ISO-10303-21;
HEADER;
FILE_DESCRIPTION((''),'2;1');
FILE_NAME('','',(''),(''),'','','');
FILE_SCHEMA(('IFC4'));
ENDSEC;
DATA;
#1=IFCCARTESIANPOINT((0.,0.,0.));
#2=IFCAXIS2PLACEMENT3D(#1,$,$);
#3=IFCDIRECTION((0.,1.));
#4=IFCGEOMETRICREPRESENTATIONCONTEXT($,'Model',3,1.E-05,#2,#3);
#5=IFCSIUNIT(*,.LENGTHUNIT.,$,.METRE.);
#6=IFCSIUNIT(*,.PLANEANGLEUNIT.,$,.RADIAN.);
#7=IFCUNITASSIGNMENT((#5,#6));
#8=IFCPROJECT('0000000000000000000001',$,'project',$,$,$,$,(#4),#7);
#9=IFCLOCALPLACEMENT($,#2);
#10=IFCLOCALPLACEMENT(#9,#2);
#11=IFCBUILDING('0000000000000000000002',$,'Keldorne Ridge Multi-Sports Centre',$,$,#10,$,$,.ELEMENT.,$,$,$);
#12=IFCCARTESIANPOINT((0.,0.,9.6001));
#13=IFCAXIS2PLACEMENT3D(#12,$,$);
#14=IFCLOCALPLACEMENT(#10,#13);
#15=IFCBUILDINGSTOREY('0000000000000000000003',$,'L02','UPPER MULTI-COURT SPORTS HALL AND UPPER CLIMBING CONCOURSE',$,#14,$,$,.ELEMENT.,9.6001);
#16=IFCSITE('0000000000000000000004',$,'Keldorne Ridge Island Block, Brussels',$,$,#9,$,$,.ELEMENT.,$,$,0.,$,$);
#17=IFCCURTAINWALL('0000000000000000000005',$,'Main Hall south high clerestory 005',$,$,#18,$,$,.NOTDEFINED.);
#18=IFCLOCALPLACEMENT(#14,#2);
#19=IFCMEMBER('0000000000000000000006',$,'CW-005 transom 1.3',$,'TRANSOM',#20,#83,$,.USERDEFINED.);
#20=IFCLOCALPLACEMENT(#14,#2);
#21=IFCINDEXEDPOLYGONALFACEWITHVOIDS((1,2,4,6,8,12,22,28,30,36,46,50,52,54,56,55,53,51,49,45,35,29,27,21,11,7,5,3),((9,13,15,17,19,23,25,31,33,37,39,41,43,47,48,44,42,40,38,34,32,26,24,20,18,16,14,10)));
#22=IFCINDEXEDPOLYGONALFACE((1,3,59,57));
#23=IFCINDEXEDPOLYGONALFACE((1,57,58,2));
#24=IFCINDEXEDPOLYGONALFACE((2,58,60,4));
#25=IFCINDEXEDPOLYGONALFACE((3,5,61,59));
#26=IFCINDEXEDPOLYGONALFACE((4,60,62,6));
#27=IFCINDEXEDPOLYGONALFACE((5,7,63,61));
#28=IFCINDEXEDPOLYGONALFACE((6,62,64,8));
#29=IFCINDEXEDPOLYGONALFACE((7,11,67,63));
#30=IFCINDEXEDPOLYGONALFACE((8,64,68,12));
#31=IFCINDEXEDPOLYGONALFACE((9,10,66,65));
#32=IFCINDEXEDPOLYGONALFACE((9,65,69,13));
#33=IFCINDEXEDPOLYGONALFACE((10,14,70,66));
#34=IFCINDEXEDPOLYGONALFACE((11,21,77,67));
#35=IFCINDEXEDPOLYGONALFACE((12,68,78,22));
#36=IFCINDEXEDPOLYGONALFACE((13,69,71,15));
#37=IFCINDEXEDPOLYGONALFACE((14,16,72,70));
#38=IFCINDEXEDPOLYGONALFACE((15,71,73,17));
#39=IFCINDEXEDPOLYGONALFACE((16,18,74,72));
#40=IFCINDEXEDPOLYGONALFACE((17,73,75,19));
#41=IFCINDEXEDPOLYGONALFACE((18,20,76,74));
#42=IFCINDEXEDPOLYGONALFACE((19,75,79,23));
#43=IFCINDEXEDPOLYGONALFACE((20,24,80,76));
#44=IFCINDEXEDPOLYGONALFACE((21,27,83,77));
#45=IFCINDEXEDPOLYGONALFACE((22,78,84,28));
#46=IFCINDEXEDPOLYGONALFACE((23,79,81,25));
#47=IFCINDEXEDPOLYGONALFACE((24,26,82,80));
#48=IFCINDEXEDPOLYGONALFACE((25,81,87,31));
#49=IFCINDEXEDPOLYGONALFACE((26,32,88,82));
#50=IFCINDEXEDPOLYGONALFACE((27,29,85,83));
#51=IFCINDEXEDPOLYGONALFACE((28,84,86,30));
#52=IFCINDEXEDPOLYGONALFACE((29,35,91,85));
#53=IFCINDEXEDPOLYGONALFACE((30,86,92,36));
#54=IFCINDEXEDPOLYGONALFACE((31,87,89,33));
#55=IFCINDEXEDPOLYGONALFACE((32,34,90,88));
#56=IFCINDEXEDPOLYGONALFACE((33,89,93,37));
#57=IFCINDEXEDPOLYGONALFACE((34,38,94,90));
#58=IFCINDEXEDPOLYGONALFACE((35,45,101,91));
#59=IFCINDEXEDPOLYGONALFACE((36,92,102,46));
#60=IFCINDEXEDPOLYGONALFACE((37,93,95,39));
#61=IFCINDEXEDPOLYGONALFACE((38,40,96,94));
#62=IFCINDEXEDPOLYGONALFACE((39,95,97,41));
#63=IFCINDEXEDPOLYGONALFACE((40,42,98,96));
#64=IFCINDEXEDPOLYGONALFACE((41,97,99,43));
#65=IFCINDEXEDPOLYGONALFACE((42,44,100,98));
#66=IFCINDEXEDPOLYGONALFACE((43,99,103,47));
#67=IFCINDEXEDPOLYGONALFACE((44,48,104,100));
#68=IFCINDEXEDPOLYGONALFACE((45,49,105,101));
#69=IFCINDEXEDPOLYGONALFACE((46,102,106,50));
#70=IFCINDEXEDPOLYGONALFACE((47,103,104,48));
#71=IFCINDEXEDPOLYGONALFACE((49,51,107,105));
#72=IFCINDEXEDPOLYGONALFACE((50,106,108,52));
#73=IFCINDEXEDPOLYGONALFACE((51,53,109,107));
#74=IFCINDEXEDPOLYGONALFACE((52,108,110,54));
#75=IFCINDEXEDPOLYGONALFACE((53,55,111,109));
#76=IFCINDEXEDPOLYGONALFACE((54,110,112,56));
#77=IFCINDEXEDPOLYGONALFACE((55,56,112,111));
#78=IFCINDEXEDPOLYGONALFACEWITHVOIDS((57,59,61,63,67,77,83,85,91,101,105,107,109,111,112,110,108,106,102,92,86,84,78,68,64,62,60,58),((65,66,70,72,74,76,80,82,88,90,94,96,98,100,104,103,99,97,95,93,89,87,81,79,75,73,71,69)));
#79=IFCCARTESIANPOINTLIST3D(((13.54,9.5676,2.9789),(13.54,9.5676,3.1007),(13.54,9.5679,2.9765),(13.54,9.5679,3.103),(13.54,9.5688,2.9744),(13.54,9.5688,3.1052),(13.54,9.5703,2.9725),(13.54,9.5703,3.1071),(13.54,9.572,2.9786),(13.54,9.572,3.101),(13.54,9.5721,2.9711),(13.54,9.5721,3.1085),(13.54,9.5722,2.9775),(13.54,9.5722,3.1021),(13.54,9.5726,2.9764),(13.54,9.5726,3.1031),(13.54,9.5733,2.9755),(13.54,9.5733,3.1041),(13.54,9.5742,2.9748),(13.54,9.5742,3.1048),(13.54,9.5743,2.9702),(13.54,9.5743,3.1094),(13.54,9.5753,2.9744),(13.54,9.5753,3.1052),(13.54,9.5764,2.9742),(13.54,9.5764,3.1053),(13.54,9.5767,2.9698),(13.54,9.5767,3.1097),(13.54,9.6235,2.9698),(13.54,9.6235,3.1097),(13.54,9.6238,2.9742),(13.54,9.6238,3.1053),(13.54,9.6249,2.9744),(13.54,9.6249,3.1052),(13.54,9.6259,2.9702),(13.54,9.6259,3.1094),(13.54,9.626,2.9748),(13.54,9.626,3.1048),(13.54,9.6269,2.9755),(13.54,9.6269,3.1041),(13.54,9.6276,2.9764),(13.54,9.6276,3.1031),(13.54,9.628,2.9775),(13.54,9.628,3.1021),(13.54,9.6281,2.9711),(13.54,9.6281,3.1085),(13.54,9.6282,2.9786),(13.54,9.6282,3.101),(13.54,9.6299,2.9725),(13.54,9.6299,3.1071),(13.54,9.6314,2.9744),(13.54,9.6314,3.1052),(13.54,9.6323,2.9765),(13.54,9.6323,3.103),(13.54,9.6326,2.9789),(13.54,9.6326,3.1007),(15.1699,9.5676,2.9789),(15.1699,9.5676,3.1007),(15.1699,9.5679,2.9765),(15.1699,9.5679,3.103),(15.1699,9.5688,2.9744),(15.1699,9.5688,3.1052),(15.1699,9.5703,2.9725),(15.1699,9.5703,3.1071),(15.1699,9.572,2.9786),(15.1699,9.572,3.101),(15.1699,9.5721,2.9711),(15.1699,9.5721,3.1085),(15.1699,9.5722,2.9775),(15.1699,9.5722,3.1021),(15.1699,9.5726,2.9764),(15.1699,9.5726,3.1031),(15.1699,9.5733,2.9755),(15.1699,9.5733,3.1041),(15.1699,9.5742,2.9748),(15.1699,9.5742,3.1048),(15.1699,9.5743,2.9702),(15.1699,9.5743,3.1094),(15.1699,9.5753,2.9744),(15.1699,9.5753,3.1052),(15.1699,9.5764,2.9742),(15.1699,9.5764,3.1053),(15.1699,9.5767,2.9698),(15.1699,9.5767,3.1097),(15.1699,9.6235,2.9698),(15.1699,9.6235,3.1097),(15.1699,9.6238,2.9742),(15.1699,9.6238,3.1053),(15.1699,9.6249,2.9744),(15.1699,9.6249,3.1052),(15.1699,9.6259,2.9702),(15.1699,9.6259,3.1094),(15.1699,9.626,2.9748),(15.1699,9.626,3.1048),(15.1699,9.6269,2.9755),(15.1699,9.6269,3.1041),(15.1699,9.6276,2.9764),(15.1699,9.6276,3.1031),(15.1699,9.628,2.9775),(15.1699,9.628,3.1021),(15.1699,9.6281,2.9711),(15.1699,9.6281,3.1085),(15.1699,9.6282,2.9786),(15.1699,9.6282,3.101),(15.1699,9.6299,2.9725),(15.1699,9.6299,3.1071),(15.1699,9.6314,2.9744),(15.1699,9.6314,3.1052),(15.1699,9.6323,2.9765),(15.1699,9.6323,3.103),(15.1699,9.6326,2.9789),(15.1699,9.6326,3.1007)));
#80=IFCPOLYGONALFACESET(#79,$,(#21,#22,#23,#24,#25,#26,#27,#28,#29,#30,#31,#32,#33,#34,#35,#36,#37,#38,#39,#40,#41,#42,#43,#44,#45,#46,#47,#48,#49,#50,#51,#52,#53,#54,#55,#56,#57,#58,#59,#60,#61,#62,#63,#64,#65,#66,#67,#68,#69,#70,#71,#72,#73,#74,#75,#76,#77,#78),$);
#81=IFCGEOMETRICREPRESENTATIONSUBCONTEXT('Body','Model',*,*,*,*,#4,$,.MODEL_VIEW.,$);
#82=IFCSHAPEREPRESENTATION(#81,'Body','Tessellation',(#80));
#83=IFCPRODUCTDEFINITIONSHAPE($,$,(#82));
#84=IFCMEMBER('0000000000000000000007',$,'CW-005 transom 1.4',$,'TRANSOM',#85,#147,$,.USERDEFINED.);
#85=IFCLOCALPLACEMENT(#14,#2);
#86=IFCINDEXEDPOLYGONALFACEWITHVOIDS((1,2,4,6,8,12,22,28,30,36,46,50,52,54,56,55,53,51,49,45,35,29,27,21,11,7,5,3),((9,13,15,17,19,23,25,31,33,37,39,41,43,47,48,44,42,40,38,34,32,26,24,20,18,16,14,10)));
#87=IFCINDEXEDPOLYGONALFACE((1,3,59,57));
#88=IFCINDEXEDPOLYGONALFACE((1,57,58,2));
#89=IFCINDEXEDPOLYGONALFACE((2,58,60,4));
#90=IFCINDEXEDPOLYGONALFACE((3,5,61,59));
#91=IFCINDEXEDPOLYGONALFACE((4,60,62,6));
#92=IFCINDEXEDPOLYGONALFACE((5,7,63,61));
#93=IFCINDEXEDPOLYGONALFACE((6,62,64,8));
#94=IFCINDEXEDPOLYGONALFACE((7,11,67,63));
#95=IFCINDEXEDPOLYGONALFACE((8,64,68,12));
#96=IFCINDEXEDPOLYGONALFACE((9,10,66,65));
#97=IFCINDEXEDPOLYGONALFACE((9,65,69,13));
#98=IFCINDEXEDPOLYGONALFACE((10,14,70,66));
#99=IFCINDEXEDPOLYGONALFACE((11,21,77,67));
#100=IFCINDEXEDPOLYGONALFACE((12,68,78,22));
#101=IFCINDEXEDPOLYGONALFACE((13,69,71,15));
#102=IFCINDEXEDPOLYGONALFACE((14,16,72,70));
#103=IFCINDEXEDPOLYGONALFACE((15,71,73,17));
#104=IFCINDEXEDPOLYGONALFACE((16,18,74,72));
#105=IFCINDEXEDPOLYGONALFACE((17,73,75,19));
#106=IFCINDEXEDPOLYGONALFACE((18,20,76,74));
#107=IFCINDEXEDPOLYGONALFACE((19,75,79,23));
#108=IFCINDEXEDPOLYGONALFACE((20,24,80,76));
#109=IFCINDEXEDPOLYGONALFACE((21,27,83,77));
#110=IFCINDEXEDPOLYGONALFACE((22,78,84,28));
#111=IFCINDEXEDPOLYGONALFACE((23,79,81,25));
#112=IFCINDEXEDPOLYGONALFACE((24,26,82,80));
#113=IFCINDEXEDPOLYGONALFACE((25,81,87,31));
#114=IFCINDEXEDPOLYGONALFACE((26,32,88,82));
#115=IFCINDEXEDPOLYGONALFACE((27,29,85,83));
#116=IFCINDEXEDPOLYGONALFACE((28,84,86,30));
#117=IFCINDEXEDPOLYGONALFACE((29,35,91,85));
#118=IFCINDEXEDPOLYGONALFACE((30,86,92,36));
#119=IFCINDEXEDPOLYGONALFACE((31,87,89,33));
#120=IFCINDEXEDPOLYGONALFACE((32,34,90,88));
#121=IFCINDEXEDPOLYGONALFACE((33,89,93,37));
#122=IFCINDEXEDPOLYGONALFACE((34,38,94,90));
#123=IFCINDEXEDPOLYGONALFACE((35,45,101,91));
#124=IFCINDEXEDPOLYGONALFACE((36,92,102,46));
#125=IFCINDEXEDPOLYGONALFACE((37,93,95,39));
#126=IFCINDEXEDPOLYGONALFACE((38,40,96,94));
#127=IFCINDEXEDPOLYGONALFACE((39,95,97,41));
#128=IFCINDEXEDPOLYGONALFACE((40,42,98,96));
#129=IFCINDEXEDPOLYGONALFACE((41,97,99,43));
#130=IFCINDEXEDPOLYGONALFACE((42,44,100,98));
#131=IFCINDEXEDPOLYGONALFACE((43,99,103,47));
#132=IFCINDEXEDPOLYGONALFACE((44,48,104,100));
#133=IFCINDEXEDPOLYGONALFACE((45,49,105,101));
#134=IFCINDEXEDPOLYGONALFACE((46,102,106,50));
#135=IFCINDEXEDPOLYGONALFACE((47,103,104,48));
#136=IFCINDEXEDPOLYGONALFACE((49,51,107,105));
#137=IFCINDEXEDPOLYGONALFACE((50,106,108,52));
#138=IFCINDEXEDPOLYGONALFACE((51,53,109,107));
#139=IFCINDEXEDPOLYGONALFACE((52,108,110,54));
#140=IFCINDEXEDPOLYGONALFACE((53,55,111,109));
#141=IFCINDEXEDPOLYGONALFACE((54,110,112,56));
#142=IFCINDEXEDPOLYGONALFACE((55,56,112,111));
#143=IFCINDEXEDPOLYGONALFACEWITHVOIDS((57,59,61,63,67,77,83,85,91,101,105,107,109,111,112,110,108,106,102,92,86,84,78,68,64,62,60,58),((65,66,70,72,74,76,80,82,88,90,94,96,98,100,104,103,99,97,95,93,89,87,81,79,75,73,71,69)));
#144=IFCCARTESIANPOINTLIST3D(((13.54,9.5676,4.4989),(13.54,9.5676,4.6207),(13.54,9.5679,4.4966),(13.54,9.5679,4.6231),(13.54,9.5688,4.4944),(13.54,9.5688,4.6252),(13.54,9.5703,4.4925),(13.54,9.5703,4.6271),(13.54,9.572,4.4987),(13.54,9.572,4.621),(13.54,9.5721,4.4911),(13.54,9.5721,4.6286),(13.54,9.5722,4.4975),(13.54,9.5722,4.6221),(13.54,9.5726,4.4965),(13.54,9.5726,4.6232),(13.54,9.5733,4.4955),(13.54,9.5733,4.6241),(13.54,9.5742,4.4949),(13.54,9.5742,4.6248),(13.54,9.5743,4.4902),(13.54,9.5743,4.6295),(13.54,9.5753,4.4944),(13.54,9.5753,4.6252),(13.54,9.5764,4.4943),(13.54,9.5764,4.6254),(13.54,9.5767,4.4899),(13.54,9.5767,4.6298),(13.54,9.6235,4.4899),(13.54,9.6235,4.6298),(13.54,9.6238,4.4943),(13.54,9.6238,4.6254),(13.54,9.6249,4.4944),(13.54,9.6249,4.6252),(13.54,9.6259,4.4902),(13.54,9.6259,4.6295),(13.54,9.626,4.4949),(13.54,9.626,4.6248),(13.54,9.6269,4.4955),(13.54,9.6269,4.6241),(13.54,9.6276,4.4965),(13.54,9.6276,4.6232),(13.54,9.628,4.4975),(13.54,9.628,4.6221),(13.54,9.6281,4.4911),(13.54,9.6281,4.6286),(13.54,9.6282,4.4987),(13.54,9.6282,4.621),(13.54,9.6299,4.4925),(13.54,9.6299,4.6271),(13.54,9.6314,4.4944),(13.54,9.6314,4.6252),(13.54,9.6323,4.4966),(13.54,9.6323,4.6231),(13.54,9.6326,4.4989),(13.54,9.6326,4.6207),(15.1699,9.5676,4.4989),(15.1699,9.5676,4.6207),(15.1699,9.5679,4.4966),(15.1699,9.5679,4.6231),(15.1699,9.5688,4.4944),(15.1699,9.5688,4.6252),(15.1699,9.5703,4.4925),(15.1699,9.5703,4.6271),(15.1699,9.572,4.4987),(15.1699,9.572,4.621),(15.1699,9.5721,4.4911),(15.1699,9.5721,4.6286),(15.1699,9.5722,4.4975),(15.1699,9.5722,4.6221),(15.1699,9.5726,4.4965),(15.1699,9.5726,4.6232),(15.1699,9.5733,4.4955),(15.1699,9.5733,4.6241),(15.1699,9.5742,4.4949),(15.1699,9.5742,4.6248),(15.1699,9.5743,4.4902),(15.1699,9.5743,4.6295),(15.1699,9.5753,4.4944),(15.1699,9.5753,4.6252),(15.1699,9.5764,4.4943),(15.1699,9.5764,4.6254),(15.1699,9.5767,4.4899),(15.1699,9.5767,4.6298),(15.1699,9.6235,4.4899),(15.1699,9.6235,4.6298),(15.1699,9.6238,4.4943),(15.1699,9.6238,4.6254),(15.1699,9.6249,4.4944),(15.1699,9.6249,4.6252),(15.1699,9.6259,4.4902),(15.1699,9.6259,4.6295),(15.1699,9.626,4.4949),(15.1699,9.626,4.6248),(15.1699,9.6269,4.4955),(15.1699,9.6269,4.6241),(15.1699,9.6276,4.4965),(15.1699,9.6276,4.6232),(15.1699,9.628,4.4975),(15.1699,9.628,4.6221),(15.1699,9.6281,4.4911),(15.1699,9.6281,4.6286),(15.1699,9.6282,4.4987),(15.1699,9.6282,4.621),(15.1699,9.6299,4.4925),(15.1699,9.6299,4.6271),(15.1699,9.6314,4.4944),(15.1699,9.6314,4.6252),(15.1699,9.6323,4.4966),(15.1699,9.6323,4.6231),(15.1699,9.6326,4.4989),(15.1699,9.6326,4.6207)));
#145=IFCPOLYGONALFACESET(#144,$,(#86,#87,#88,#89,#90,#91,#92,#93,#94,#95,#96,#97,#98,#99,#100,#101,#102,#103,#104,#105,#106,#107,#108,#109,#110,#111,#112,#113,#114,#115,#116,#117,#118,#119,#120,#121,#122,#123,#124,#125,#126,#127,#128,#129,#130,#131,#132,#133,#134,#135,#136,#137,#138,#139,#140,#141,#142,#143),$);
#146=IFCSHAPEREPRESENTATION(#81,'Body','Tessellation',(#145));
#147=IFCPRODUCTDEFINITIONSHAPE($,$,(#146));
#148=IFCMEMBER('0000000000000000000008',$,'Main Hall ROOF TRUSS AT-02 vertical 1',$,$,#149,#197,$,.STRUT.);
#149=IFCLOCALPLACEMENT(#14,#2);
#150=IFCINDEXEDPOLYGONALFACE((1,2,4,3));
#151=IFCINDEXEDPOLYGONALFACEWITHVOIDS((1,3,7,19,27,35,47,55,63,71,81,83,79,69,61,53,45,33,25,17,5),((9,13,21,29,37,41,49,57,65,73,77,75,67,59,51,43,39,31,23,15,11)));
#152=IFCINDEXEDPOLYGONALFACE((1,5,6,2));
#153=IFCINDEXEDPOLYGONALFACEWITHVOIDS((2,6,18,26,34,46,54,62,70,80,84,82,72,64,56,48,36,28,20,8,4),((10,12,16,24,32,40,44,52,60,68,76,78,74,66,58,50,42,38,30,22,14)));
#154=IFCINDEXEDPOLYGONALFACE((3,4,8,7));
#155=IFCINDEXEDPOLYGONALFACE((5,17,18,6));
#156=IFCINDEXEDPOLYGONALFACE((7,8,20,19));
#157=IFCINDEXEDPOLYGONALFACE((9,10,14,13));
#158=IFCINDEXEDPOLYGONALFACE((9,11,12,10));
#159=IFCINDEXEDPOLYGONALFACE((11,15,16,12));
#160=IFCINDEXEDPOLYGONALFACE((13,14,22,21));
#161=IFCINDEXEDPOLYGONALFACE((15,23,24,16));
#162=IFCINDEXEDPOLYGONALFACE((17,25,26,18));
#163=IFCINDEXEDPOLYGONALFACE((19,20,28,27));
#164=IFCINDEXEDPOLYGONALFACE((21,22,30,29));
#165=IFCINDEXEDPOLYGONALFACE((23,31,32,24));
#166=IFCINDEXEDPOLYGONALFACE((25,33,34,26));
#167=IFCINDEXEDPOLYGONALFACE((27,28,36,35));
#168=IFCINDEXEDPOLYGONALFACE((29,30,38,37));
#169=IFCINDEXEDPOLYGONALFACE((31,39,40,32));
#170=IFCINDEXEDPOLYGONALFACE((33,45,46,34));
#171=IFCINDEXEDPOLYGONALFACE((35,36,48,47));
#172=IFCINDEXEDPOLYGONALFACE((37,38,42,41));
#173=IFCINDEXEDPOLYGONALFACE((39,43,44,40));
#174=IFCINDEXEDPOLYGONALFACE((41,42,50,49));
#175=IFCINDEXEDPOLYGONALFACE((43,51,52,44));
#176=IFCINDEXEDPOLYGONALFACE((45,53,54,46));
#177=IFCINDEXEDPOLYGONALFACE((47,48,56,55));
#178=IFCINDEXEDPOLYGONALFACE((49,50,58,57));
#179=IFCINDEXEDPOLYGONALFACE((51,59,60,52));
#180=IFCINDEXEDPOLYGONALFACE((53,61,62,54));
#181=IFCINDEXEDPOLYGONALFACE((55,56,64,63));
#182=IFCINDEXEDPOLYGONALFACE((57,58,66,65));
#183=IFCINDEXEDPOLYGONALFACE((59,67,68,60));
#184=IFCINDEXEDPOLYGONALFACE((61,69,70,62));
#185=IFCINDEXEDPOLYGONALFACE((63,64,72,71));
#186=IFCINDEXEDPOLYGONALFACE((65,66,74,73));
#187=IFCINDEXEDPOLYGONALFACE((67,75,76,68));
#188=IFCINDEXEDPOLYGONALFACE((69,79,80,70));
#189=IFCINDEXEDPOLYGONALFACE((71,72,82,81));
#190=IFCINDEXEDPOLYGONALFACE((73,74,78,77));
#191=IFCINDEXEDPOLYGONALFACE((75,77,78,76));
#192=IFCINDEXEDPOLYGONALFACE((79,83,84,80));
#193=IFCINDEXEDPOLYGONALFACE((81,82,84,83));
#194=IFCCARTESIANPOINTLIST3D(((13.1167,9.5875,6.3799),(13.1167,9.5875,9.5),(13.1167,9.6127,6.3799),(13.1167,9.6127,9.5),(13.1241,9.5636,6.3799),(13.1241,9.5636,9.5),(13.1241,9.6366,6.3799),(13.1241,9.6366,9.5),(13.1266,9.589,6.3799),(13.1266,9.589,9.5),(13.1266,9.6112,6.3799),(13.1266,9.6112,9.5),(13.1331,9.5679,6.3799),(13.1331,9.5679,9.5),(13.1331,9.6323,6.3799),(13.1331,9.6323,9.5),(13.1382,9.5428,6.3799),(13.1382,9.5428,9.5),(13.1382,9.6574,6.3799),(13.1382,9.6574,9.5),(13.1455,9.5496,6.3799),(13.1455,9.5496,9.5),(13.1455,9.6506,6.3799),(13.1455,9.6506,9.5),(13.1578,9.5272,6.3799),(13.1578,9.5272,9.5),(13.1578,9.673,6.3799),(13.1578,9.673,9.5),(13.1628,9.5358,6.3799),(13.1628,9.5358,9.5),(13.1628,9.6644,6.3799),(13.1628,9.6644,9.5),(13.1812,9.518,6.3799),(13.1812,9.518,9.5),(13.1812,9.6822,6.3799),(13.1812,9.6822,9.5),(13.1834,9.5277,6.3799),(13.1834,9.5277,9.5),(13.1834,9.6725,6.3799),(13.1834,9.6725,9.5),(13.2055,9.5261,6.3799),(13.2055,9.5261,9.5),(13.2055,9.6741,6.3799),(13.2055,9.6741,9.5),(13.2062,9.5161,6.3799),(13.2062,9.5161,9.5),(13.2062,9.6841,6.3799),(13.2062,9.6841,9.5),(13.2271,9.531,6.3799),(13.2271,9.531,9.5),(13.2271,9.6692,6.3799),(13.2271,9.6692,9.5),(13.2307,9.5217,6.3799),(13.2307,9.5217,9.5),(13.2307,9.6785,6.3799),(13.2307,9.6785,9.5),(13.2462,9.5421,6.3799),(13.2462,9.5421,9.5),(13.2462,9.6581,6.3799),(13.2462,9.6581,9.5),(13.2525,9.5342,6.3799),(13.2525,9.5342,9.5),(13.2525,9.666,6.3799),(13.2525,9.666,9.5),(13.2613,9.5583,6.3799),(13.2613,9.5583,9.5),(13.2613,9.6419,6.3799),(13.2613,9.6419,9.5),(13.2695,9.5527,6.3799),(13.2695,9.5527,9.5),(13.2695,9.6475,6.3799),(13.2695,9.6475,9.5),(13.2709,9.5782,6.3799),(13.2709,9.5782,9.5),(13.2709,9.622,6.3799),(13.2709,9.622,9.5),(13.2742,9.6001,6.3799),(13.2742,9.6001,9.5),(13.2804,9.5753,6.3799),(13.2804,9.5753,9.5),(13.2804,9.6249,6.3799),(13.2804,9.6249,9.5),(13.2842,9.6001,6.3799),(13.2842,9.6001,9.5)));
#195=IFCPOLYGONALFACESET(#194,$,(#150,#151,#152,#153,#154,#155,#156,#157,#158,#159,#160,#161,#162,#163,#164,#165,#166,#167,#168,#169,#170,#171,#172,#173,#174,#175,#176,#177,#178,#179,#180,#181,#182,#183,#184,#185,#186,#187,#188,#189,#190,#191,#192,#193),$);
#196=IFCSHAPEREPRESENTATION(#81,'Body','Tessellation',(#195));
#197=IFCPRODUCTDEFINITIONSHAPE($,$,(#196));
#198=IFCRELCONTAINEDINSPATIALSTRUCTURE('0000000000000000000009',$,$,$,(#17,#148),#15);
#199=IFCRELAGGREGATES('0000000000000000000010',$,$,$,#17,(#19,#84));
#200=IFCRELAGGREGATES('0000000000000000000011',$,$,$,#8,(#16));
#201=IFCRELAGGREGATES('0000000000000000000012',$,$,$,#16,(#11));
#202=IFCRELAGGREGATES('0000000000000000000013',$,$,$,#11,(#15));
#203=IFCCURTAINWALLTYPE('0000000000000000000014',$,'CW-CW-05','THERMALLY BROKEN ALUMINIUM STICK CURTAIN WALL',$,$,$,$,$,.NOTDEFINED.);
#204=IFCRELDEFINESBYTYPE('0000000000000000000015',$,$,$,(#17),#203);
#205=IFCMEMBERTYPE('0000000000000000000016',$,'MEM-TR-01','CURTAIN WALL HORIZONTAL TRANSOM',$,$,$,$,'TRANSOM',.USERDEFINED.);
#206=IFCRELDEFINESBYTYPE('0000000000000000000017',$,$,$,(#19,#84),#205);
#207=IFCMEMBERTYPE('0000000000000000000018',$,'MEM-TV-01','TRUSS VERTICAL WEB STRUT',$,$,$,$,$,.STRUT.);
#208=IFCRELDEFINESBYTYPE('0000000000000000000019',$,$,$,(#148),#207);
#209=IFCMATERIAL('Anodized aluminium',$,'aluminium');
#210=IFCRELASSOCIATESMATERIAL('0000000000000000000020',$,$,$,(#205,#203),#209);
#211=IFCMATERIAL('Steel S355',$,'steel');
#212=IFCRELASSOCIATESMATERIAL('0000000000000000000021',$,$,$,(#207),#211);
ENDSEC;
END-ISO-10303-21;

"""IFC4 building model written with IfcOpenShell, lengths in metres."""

from ifc_helpers import new_model, si_unit, direction, frame, origin, origin_2d, place, context, subcontext, project, spatial, hollow_rectangle, hollow_circle, extrude, material, material_profile, profile_set, type_object, element, aggregate, save


model = new_model("IFC4")

# Units and contexts
model_context = context("Model", 3, precision=1e-05, world=origin(), true_north=direction((0.0, 1.0)))
body_context = subcontext(model_context, "Body", "Model", "MODEL_VIEW")
ifc_project = project(units=[si_unit("LENGTHUNIT", "METRE"), si_unit("PLANEANGLEUNIT", "RADIAN")], contexts=[model_context])

# Site, building, storey
site_placement = place(None, origin())
site = spatial("IfcSite", under=ifc_project, at=site_placement, Name="Keldorne Ridge Island Block, Brussels", CompositionType="ELEMENT", RefElevation=0.0)
building_placement = place(site_placement, origin())
building = spatial("IfcBuilding", under=site, at=building_placement, Name="Keldorne Ridge Multi-Sports Centre", CompositionType="ELEMENT")
storey_placement = place(building_placement, frame((0.0, 0.0, 9.6001)))
storey = spatial("IfcBuildingStorey", under=building, at=storey_placement, Name="L02", Description="UPPER MULTI-COURT SPORTS HALL AND UPPER CLIMBING CONCOURSE", CompositionType="ELEMENT", Elevation=9.6001)

# Shared definitions
ifc_material_1 = material(Name="Steel S355", Category="steel")

# Curtain wall, members
ifc_material_2 = material(Name="Anodized aluminium", Category="aluminium")
ifc_material_profile_1 = material_profile(ifc_material_2, hollow_rectangle(XDim=0.0649, YDim=0.1399, WallThickness=0.0044, InnerFilletRadius=0.0044, OuterFilletRadius=0.009, at=origin_2d()), Name="ALU TRANSOM 140x65x4.5")
ifc_profile_set_1 = profile_set([ifc_material_profile_1], Name="Anodized aluminium")
member_type_1 = type_object("IfcMemberType", Name="MEM-TR-01", Description="CURTAIN WALL HORIZONTAL TRANSOM", ElementType="TRANSOM", PredefinedType="USERDEFINED", material=ifc_profile_set_1)
curtain_wall_type_1 = type_object("IfcCurtainWallType", Name="CW-CW-05", Description="THERMALLY BROKEN ALUMINIUM STICK CURTAIN WALL", PredefinedType="NOTDEFINED", material=ifc_material_2)
curtain_wall_1_placement = place(storey_placement, origin())
curtain_wall_1 = element("IfcCurtainWall", 1, at=curtain_wall_1_placement, inside=storey, type_object=curtain_wall_type_1, Name="Main Hall south high clerestory 005", PredefinedType="NOTDEFINED")
member_1_placement = place(storey_placement, frame((13.54, 9.6001, 3.0398), z_axis=(1.0, 0.0, 0.0), x_axis=(0.0, 1.0, 0.0)))
member_1 = element("IfcMember", 2, at=member_1_placement, type_object=member_type_1, Name="CW-005 transom 1.3", ObjectType="TRANSOM", PredefinedType="USERDEFINED", context=body_context, shape_type="SweptSolid", body=[
    extrude(hollow_rectangle(XDim=0.0649, YDim=0.1399, WallThickness=0.0044, InnerFilletRadius=0.0044, OuterFilletRadius=0.009, at=origin_2d()), origin(), (0.0, 0.0, 1.0), 1.6299),
])
member_2_placement = place(storey_placement, frame((13.54, 9.6001, 4.5598), z_axis=(1.0, 0.0, 0.0), x_axis=(0.0, 1.0, 0.0)))
member_2 = element("IfcMember", 3, at=member_2_placement, type_object=member_type_1, Name="CW-005 transom 1.4", ObjectType="TRANSOM", PredefinedType="USERDEFINED", context=body_context, shape_type="SweptSolid", body=[
    extrude(hollow_rectangle(XDim=0.0649, YDim=0.1399, WallThickness=0.0044, InnerFilletRadius=0.0044, OuterFilletRadius=0.009, at=origin_2d()), origin(), (0.0, 0.0, 1.0), 1.6299),
])

# Member
ifc_material_profile_2 = material_profile(ifc_material_1, hollow_circle(Radius=0.0842, WallThickness=0.01, at=origin_2d()), Name="CHS 168.3x10")
ifc_profile_set_2 = profile_set([ifc_material_profile_2], Name="Steel S355")
member_type_2 = type_object("IfcMemberType", Name="MEM-TV-01", Description="TRUSS VERTICAL WEB STRUT", PredefinedType="STRUT", material=ifc_profile_set_2)
member_3_placement = place(storey_placement, frame((13.2, 9.6001, 6.3799), z_axis=(0.0, 0.0, 1.0), x_axis=(1.0, 0.0, 0.0)))
element("IfcMember", 4, at=member_3_placement, inside=storey, type_object=member_type_2, Name="Main Hall ROOF TRUSS AT-02 vertical 1", PredefinedType="STRUT", context=body_context, shape_type="SweptSolid", body=[
    extrude(hollow_circle(Radius=0.0842, WallThickness=0.01, at=origin_2d()), origin(), (0.0, 0.0, 1.0), 3.1201),
])

aggregate(curtain_wall_1, [member_1, member_2])

save(model, "model.ifc")
